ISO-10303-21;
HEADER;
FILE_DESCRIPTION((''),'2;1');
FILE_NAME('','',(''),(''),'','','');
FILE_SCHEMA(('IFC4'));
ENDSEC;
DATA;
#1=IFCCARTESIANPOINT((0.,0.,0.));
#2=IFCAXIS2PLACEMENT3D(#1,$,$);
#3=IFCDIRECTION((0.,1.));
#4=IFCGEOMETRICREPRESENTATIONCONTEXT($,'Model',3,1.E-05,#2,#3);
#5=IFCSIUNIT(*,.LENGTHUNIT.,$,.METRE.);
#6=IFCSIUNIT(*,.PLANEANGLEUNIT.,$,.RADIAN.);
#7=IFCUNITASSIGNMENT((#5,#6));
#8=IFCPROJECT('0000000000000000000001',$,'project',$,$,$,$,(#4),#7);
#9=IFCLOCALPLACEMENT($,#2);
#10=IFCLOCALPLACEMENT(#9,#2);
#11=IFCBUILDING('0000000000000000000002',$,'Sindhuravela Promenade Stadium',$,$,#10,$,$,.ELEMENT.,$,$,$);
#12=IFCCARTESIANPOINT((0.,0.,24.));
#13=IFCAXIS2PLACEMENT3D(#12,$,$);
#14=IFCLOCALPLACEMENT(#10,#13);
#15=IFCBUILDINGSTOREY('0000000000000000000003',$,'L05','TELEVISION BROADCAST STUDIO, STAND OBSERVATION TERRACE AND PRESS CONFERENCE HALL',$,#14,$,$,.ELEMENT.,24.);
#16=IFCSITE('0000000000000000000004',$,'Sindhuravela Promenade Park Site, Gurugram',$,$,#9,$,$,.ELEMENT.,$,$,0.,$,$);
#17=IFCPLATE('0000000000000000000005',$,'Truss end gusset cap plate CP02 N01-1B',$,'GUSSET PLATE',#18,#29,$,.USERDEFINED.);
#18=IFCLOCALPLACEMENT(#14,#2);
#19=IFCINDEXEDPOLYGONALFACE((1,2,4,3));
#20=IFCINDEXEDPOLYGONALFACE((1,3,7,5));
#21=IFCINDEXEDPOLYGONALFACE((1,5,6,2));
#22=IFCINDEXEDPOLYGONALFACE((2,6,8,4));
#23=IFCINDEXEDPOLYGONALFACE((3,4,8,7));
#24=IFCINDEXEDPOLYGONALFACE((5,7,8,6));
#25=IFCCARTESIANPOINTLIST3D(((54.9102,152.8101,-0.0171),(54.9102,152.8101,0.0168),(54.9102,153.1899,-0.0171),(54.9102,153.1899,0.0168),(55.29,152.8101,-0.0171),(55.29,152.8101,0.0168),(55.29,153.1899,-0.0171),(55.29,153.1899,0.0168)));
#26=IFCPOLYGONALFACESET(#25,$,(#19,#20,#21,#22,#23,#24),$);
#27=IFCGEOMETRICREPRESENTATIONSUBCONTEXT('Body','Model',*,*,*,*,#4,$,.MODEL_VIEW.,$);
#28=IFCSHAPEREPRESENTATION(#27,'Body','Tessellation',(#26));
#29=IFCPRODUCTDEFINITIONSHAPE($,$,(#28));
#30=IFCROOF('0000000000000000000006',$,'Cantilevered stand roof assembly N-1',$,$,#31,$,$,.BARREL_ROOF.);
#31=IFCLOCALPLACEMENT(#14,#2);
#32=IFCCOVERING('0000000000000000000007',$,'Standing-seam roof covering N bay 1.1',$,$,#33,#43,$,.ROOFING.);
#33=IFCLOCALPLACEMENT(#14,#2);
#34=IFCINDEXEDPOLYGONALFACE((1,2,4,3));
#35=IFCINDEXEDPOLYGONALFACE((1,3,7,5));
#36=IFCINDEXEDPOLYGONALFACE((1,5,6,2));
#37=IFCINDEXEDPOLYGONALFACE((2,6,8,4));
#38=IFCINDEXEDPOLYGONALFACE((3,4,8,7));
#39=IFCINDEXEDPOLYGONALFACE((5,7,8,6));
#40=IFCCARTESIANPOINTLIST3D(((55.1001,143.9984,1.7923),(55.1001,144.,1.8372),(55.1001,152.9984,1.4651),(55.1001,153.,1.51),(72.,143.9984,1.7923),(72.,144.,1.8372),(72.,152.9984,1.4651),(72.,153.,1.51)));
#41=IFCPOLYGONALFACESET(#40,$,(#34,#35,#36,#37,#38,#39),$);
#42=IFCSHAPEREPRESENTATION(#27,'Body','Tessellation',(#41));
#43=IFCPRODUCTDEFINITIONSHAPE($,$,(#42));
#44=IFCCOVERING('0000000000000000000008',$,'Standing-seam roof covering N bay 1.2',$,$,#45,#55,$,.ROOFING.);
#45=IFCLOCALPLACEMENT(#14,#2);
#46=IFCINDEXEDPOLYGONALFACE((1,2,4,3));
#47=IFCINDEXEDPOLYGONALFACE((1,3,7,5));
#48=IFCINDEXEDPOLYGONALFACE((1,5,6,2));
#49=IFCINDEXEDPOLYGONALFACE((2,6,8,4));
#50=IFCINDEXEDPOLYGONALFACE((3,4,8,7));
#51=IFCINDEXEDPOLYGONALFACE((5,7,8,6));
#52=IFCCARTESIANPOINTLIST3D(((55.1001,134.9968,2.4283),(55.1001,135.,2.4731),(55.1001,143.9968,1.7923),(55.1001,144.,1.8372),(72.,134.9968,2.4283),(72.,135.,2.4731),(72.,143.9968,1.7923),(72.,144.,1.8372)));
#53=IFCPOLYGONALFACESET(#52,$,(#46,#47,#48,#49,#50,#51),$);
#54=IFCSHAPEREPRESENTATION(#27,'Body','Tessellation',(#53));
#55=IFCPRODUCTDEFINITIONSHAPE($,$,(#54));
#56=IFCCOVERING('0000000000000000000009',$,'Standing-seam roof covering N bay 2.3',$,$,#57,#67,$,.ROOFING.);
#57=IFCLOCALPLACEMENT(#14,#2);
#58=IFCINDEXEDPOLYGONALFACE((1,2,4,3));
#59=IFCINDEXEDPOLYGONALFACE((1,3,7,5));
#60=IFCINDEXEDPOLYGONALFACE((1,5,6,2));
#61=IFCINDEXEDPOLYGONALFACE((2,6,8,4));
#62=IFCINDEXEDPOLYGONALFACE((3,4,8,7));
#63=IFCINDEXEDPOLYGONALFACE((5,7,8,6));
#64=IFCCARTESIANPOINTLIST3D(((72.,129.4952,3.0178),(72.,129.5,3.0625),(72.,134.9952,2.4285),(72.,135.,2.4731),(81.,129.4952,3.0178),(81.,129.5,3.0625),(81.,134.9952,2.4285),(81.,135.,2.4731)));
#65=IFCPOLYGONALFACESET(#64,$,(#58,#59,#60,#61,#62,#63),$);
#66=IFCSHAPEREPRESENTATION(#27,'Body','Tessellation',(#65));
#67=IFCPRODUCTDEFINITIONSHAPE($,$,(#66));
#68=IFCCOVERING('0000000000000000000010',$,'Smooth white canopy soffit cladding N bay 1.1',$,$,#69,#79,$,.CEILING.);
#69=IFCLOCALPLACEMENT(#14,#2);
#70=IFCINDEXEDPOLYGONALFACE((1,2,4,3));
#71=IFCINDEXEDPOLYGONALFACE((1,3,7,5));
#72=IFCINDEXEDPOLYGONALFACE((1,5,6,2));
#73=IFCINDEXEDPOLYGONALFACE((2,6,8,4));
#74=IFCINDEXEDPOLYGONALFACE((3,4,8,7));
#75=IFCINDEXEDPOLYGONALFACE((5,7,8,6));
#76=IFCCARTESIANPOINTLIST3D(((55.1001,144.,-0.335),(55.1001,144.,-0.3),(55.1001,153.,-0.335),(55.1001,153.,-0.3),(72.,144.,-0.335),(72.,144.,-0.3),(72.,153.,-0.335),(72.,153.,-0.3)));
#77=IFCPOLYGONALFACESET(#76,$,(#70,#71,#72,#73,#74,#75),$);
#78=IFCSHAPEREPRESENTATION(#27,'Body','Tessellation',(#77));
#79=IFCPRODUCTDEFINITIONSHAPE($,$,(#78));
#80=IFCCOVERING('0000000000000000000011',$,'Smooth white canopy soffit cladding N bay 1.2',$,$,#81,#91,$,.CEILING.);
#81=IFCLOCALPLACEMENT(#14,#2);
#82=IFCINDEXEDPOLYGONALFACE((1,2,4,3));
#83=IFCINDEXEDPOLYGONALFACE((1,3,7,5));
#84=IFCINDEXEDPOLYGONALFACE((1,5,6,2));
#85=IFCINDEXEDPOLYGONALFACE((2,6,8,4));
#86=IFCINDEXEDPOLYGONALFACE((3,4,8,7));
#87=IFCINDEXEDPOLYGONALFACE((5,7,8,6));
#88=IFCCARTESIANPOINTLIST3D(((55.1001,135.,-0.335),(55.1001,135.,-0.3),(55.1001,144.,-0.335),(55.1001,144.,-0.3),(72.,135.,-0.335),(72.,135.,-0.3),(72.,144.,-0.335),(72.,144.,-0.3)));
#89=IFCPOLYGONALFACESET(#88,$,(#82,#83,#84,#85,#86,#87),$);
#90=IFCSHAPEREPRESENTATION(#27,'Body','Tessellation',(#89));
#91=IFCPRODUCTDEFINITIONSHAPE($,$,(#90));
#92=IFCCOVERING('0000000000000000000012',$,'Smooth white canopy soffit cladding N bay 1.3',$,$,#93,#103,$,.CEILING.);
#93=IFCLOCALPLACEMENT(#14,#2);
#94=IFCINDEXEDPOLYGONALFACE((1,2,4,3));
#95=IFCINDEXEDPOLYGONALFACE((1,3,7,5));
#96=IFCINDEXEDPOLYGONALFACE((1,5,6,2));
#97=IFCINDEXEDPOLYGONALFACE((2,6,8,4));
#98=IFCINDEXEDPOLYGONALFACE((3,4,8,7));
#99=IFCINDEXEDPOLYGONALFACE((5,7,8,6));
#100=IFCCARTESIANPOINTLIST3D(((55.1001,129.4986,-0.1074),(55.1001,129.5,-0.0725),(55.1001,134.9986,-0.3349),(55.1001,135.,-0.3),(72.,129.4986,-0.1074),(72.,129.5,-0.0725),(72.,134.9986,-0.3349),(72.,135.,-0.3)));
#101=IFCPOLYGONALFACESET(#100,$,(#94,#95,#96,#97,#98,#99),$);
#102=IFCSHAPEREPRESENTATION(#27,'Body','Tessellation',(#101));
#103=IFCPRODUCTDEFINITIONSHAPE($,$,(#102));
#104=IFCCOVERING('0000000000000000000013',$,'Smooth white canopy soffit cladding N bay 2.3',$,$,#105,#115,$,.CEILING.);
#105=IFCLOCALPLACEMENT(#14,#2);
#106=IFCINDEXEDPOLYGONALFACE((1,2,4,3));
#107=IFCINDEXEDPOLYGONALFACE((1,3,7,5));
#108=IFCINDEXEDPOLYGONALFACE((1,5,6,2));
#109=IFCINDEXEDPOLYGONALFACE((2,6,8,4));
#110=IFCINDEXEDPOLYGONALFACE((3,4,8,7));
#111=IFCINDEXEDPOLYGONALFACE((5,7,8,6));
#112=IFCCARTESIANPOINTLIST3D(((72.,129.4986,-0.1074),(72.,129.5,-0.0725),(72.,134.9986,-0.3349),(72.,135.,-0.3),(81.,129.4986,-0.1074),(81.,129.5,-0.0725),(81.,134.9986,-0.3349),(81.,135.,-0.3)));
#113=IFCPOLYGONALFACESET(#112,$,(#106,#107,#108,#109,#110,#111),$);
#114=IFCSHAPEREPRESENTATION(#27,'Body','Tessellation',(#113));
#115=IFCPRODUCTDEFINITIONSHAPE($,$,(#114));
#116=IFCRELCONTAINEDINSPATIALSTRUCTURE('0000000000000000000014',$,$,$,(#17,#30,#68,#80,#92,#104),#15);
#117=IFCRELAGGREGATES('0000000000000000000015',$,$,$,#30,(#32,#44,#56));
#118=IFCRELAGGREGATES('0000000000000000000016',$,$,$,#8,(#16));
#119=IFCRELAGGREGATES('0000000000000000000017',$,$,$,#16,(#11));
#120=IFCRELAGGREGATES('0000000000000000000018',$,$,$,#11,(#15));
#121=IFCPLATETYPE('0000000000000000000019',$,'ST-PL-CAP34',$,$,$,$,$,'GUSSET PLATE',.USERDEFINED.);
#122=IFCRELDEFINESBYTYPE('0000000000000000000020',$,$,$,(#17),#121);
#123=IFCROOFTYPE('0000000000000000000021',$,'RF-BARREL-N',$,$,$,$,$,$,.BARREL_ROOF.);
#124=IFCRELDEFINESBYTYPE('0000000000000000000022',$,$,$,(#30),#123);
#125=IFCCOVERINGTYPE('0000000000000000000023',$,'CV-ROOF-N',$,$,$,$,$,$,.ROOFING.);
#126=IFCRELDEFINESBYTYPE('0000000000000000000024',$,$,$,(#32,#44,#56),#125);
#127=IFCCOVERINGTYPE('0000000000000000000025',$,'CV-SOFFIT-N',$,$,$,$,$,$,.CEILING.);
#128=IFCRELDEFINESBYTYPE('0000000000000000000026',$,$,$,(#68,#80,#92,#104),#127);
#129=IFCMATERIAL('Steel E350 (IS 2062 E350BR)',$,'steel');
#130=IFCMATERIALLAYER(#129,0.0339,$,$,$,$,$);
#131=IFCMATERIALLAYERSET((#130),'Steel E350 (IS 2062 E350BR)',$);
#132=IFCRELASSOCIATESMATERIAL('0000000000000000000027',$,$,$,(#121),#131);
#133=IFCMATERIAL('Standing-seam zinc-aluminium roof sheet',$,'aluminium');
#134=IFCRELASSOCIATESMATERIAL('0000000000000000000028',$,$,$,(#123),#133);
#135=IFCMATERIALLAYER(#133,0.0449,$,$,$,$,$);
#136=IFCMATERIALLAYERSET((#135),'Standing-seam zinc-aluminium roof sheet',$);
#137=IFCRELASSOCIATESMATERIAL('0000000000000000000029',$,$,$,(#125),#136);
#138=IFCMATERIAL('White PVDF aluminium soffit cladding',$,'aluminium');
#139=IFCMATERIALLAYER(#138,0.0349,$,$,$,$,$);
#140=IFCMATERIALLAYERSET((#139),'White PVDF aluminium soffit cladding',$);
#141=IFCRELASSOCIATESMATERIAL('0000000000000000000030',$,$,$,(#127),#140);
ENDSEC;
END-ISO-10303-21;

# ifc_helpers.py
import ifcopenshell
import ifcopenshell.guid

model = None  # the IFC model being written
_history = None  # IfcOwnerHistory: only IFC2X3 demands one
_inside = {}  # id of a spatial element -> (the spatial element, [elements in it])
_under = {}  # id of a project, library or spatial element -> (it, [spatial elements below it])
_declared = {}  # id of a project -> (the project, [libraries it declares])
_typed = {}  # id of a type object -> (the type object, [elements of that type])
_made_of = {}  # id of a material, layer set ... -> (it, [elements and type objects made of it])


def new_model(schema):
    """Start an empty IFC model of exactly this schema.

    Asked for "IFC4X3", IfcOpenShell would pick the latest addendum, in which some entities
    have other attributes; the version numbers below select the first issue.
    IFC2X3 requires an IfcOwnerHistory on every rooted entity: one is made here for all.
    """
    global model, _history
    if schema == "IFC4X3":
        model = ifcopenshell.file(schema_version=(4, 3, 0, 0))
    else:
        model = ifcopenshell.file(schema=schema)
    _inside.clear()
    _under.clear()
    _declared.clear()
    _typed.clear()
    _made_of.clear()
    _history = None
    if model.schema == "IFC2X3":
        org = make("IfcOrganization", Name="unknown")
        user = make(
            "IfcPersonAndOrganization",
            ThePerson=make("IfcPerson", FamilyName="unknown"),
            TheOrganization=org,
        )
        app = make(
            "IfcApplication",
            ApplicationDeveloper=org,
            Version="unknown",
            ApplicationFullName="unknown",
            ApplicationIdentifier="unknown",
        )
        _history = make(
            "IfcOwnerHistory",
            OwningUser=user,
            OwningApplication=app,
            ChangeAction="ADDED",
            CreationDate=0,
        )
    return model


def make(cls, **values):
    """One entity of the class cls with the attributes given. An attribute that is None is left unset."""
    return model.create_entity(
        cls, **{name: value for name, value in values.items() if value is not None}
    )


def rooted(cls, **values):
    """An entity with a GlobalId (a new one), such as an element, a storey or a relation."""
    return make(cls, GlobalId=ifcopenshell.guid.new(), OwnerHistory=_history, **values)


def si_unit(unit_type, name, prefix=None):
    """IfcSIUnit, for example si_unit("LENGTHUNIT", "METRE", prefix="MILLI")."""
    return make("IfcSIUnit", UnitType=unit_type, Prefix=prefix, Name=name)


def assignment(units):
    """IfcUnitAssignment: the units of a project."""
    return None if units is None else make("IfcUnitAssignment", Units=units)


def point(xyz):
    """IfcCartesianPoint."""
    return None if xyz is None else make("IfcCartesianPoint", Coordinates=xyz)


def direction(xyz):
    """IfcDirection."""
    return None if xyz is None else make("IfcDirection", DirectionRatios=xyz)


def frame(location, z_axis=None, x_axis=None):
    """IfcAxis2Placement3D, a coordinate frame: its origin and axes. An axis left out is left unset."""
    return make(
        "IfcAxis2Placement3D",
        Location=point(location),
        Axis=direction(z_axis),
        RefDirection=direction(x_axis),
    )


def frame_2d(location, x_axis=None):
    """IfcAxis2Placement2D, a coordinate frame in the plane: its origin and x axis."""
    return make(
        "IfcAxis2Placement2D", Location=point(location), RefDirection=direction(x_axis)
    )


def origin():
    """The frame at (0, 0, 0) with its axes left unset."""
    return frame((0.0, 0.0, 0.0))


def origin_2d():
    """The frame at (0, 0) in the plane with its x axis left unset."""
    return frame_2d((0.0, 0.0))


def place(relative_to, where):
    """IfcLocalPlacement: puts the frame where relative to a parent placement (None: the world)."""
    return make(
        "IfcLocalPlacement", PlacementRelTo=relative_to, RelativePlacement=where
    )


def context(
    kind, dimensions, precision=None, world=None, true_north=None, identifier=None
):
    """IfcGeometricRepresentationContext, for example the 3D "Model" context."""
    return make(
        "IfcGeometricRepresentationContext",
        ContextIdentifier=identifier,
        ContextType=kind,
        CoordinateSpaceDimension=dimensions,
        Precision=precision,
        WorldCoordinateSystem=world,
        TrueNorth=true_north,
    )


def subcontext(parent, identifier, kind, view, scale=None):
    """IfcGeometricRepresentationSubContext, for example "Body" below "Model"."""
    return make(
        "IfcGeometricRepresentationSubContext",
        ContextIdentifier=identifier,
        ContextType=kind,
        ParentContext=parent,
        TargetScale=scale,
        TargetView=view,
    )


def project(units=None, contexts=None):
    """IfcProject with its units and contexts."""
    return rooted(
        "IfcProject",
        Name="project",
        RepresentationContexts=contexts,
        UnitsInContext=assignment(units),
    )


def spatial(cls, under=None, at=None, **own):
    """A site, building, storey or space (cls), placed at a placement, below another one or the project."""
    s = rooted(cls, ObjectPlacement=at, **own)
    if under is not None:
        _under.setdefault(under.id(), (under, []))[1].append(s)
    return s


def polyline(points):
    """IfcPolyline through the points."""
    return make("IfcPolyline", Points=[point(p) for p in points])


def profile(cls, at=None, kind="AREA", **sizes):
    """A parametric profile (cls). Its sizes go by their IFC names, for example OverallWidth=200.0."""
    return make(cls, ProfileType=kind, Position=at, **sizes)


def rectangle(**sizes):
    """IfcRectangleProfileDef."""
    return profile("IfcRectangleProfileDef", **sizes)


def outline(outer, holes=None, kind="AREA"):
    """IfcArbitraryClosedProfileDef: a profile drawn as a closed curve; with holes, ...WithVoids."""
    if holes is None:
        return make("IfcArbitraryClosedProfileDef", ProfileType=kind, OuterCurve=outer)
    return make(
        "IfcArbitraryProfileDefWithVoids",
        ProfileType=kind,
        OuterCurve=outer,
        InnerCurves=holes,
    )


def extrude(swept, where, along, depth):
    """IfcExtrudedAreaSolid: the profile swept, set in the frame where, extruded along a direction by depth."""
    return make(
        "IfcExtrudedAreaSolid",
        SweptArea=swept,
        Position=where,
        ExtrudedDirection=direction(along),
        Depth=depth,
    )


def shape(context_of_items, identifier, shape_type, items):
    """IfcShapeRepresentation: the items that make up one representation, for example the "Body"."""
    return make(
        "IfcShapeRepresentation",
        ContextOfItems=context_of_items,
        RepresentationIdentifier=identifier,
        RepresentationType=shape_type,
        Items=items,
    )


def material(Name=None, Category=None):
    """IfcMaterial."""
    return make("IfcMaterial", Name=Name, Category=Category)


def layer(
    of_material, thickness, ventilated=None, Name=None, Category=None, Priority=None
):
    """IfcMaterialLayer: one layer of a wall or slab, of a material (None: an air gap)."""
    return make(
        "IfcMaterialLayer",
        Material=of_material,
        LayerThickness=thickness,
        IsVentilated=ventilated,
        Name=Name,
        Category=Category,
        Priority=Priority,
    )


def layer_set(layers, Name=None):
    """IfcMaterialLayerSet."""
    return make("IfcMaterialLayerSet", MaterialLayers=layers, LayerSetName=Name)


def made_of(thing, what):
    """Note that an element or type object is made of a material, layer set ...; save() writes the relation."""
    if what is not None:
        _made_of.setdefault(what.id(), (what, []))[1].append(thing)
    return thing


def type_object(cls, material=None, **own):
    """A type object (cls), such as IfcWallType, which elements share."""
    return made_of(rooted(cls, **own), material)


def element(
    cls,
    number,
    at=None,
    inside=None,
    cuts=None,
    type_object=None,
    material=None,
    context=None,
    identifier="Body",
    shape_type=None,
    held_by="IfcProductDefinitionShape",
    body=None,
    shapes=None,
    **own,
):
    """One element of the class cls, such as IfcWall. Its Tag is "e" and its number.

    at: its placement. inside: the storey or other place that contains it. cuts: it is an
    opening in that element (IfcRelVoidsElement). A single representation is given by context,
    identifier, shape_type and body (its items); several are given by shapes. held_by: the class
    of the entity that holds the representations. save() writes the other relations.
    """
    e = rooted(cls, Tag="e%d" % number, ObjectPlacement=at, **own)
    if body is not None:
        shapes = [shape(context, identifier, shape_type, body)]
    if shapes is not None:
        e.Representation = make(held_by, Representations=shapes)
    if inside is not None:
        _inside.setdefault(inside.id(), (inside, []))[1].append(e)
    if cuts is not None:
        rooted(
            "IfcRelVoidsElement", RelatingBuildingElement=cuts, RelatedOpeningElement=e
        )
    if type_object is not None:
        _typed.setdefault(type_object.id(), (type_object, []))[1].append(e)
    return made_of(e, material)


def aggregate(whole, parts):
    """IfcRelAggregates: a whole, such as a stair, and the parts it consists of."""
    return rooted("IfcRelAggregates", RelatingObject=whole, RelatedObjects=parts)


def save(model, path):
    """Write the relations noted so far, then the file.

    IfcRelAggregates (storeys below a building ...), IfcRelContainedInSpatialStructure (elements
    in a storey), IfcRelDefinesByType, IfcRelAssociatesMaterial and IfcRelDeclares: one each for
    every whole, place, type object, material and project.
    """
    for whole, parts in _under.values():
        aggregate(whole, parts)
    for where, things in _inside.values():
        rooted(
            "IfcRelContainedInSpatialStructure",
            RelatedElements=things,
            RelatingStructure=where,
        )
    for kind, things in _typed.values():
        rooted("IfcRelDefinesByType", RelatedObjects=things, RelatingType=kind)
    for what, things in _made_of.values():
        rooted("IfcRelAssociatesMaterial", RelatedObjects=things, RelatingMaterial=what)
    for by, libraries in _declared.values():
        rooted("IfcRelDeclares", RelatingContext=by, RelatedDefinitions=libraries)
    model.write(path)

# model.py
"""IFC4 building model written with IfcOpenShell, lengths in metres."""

from ifc_helpers import new_model, si_unit, direction, frame, origin, origin_2d, place, context, subcontext, project, spatial, polyline, rectangle, outline, extrude, material, layer, layer_set, type_object, element, aggregate, save


model = new_model("IFC4")

# Units and contexts
model_context = context("Model", 3, precision=1e-05, world=origin(), true_north=direction((0.0, 1.0)))
body_context = subcontext(model_context, "Body", "Model", "MODEL_VIEW")
ifc_project = project(units=[si_unit("LENGTHUNIT", "METRE"), si_unit("PLANEANGLEUNIT", "RADIAN")], contexts=[model_context])

# Site, building, storey
site_placement = place(None, origin())
site = spatial("IfcSite", under=ifc_project, at=site_placement, Name="Sindhuravela Promenade Park Site, Gurugram", CompositionType="ELEMENT", RefElevation=0.0)
building_placement = place(site_placement, origin())
building = spatial("IfcBuilding", under=site, at=building_placement, Name="Sindhuravela Promenade Stadium", CompositionType="ELEMENT")
storey_placement = place(building_placement, frame((0.0, 0.0, 24.0)))
storey = spatial("IfcBuildingStorey", under=building, at=storey_placement, Name="L05", Description="TELEVISION BROADCAST STUDIO, STAND OBSERVATION TERRACE AND PRESS CONFERENCE HALL", CompositionType="ELEMENT", Elevation=24.0)

# Shared definitions
ifc_material_1 = material(Name="Steel E350 (IS 2062 E350BR)", Category="steel")

# Plate
ifc_layer_1 = layer(ifc_material_1, 0.0339)
ifc_layer_set_1 = layer_set([ifc_layer_1], Name="Steel E350 (IS 2062 E350BR)")
plate_type_1 = type_object("IfcPlateType", Name="ST-PL-CAP34", ElementType="GUSSET PLATE", PredefinedType="USERDEFINED", material=ifc_layer_set_1)
for number, where, z_axis, x_axis, name in (
    (1, (55.1001, 153.0, -0.0171), (0.0, 0.0, 1.0), (1.0, 0.0, 0.0), "Truss end gusset cap plate CP02 N01-1B"),
):
    element("IfcPlate", number, at=place(storey_placement, frame(where, z_axis=z_axis, x_axis=x_axis)), inside=storey, type_object=plate_type_1, Name=name, ObjectType="GUSSET PLATE", PredefinedType="USERDEFINED", context=body_context, shape_type="SweptSolid", body=[
        extrude(rectangle(XDim=0.3799, YDim=0.3799, at=origin_2d()), origin(), (0.0, 0.0, 1.0), 0.0339),
    ])

# Roof, coverings
ifc_material_2 = material(Name="Standing-seam zinc-aluminium roof sheet", Category="aluminium")
roof_type = type_object("IfcRoofType", Name="RF-BARREL-N", PredefinedType="BARREL_ROOF", material=ifc_material_2)
roof_placement = place(storey_placement, origin())
roof = element("IfcRoof", 2, at=roof_placement, inside=storey, type_object=roof_type, Name="Cantilevered stand roof assembly N-1", PredefinedType="BARREL_ROOF")
ifc_layer_2 = layer(ifc_material_2, 0.0449)
ifc_layer_set_2 = layer_set([ifc_layer_2], Name="Standing-seam zinc-aluminium roof sheet")
covering_type_1 = type_object("IfcCoveringType", Name="CV-ROOF-N", PredefinedType="ROOFING", material=ifc_layer_set_2)
covering_1_placement = place(storey_placement, frame((55.1001, 153.0, 1.51), z_axis=(0.0, 0.036326, 0.99934), x_axis=(1.0, 0.0, 0.0)))
covering_1 = element("IfcCovering", 3, at=covering_1_placement, type_object=covering_type_1, Name="Standing-seam roof covering N bay 1.1", PredefinedType="ROOFING", context=body_context, shape_type="SweptSolid", body=[
    extrude(outline(polyline([(0.0, 0.0), (0.0, -9.0059), (16.8999, -9.0059), (16.8999, 0.0), (0.0, 0.0)])), origin(), (0.0, 0.0, -1.0), 0.0449),
])
covering_2_placement = place(storey_placement, frame((55.1001, 144.0, 1.8372), z_axis=(0.0, 0.070489, 0.997513), x_axis=(1.0, 0.0, 0.0)))
covering_2 = element("IfcCovering", 4, at=covering_2_placement, type_object=covering_type_1, Name="Standing-seam roof covering N bay 1.2", PredefinedType="ROOFING", context=body_context, shape_type="SweptSolid", body=[
    extrude(outline(polyline([(0.0, 0.0), (0.0, -9.0224), (16.8999, -9.0224), (16.8999, 0.0), (0.0, 0.0)])), origin(), (0.0, 0.0, -1.0), 0.0449),
])
covering_3_placement = place(storey_placement, frame((72.0, 135.0, 2.4731), z_axis=(0.0, 0.106546, 0.994308), x_axis=(1.0, 0.0, 0.0)))
covering_3 = element("IfcCovering", 5, at=covering_3_placement, type_object=covering_type_1, Name="Standing-seam roof covering N bay 2.3", PredefinedType="ROOFING", context=body_context, shape_type="SweptSolid", body=[
    extrude(outline(polyline([(0.0, 0.0), (0.0, -5.5315), (9.0, -5.5315), (9.0, 0.0), (0.0, 0.0)])), origin(), (0.0, 0.0, -1.0), 0.0449),
])
aggregate(roof, [covering_1, covering_2, covering_3])

# Coverings
ifc_material_3 = material(Name="White PVDF aluminium soffit cladding", Category="aluminium")
ifc_layer_3 = layer(ifc_material_3, 0.0349)
ifc_layer_set_3 = layer_set([ifc_layer_3], Name="White PVDF aluminium soffit cladding")
covering_type_2 = type_object("IfcCoveringType", Name="CV-SOFFIT-N", PredefinedType="CEILING", material=ifc_layer_set_3)
for number, where, z_axis, x_axis, name in (
    (6, (55.1001, 153.0, -0.3), (0.0, 0.0, 1.0), (1.0, 0.0, 0.0), "Smooth white canopy soffit cladding N bay 1.1"),
    (7, (55.1001, 144.0, -0.3), (0.0, 0.0, 1.0), (1.0, 0.0, 0.0), "Smooth white canopy soffit cladding N bay 1.2"),
):
    element("IfcCovering", number, at=place(storey_placement, frame(where, z_axis=z_axis, x_axis=x_axis)), inside=storey, type_object=covering_type_2, Name=name, PredefinedType="CEILING", context=body_context, shape_type="SweptSolid", body=[
        extrude(outline(polyline([(0.0, 0.0), (0.0, -9.0), (16.8999, -9.0), (16.8999, 0.0), (0.0, 0.0)])), origin(), (0.0, 0.0, -1.0), 0.0349),
    ])
covering_4_placement = place(storey_placement, frame((55.1001, 135.0, -0.3), z_axis=(0.0, 0.041335, 0.999145), x_axis=(1.0, 0.0, 0.0)))
element("IfcCovering", 8, at=covering_4_placement, inside=storey, type_object=covering_type_2, Name="Smooth white canopy soffit cladding N bay 1.3", PredefinedType="CEILING", context=body_context, shape_type="SweptSolid", body=[
    extrude(outline(polyline([(0.0, 0.0), (0.0, -5.5047), (16.8999, -5.5047), (16.8999, 0.0), (0.0, 0.0)])), origin(), (0.0, 0.0, -1.0), 0.0349),
])
covering_5_placement = place(storey_placement, frame((72.0, 135.0, -0.3), z_axis=(0.0, 0.041335, 0.999145), x_axis=(1.0, 0.0, 0.0)))
element("IfcCovering", 9, at=covering_5_placement, inside=storey, type_object=covering_type_2, Name="Smooth white canopy soffit cladding N bay 2.3", PredefinedType="CEILING", context=body_context, shape_type="SweptSolid", body=[
    extrude(outline(polyline([(0.0, 0.0), (0.0, -5.5047), (9.0, -5.5047), (9.0, 0.0), (0.0, 0.0)])), origin(), (0.0, 0.0, -1.0), 0.0349),
])

save(model, "model.ifc")
